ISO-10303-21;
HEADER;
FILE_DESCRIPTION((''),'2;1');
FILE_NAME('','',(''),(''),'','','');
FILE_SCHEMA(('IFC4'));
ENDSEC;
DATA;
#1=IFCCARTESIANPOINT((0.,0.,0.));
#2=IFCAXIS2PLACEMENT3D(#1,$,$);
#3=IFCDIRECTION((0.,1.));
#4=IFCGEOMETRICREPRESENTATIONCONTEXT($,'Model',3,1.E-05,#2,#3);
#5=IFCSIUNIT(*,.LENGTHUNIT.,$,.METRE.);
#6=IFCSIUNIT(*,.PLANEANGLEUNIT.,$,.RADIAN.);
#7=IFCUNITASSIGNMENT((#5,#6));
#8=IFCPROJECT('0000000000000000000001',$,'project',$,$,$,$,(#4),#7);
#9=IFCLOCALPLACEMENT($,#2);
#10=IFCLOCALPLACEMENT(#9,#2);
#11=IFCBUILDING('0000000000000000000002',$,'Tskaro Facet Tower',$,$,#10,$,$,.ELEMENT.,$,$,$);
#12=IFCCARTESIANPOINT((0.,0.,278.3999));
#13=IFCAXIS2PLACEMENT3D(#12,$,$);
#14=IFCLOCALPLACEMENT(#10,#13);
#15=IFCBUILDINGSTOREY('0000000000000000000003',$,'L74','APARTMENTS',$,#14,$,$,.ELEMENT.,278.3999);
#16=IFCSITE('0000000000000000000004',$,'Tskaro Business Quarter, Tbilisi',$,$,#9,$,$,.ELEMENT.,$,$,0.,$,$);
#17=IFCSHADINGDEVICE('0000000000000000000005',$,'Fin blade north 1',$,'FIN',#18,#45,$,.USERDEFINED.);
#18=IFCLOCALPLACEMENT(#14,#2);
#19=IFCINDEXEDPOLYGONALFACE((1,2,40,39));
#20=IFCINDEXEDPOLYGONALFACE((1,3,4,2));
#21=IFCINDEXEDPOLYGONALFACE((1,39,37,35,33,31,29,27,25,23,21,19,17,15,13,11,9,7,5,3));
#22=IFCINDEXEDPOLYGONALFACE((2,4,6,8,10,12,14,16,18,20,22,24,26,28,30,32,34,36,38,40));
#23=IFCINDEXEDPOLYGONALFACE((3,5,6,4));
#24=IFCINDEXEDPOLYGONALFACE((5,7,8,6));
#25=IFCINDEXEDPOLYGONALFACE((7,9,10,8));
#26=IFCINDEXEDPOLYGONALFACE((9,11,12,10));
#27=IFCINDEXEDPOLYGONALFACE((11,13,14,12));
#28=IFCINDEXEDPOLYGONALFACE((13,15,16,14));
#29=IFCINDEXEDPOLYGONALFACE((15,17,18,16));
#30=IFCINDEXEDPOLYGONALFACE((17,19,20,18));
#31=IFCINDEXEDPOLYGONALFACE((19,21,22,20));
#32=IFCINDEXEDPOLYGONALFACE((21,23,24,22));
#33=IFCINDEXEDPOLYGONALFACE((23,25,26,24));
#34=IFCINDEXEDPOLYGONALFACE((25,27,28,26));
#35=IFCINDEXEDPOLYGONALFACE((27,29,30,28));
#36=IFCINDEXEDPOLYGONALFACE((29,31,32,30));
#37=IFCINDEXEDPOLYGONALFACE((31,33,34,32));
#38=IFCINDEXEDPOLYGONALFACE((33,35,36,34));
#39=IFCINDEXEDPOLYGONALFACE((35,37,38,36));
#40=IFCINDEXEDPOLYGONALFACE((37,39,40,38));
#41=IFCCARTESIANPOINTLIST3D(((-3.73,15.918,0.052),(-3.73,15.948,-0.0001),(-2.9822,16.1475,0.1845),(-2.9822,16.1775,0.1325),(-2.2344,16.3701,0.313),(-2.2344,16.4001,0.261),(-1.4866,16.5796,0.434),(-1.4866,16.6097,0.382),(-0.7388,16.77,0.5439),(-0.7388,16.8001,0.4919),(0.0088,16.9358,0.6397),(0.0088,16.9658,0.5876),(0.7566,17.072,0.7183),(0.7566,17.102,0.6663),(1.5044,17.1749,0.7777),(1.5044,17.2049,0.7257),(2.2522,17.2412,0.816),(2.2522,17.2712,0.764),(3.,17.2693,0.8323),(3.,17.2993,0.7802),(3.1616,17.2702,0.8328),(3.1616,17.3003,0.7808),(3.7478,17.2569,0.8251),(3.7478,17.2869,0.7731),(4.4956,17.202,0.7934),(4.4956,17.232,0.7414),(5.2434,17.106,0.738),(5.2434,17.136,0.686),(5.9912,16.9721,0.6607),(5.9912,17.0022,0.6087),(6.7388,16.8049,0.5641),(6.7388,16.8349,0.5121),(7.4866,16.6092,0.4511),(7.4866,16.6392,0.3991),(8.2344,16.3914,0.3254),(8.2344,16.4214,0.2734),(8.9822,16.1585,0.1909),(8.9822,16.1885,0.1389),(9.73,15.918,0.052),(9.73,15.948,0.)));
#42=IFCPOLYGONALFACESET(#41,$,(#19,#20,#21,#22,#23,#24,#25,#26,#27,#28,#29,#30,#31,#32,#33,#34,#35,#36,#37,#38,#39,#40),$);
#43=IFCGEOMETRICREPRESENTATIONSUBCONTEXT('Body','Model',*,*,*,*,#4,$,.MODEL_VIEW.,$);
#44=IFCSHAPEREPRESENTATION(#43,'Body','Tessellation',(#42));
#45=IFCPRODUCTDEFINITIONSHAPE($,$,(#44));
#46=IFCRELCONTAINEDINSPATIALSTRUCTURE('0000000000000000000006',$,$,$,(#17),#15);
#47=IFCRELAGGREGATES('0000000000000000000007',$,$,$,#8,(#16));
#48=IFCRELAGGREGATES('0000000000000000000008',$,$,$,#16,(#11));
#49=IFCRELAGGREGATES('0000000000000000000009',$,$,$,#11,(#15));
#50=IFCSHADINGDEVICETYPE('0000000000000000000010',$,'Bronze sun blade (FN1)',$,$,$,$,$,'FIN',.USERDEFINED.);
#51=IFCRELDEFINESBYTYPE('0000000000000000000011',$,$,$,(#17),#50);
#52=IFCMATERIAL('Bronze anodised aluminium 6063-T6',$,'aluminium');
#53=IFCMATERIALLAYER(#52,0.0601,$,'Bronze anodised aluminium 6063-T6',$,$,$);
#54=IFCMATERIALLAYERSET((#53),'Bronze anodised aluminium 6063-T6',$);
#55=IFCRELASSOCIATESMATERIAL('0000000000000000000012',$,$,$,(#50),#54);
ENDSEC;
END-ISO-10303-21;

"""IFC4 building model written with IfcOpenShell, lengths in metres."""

from ifc_helpers import new_model, si_unit, direction, frame, origin, place, context, subcontext, project, spatial, polyline, outline, extrude, material, layer, layer_set, type_object, element, save


model = new_model("IFC4")

# Units and contexts
model_context = context("Model", 3, precision=1e-05, world=origin(), true_north=direction((0.0, 1.0)))
body_context = subcontext(model_context, "Body", "Model", "MODEL_VIEW")
ifc_project = project(units=[si_unit("LENGTHUNIT", "METRE"), si_unit("PLANEANGLEUNIT", "RADIAN")], contexts=[model_context])

# Site, building, storey
site_placement = place(None, origin())
site = spatial("IfcSite", under=ifc_project, at=site_placement, Name="Tskaro Business Quarter, Tbilisi", CompositionType="ELEMENT", RefElevation=0.0)
building_placement = place(site_placement, origin())
building = spatial("IfcBuilding", under=site, at=building_placement, Name="Tskaro Facet Tower", CompositionType="ELEMENT")
storey_placement = place(building_placement, frame((0.0, 0.0, 278.3999)))
storey = spatial("IfcBuildingStorey", under=building, at=storey_placement, Name="L74", Description="APARTMENTS", CompositionType="ELEMENT", Elevation=278.3999)

# Shared definitions
ifc_material_1 = material(Name="Bronze anodised aluminium 6063-T6", Category="aluminium")

# Shading device
ifc_layer_1 = layer(ifc_material_1, 0.0601, Name="Bronze anodised aluminium 6063-T6")
ifc_layer_set_1 = layer_set([ifc_layer_1], Name="Bronze anodised aluminium 6063-T6")
shading_device_type = type_object("IfcShadingDeviceType", Name="Bronze sun blade (FN1)", ElementType="FIN", PredefinedType="USERDEFINED", material=ifc_layer_set_1)
shading_device_placement = place(storey_placement, frame((9.73, 15.918, 0.052), z_axis=(-0.000004, -0.500042, 0.866001), x_axis=(-1.0, 0.000002, -0.000003)))
element("IfcShadingDevice", 1, at=shading_device_placement, inside=storey, type_object=shading_device_type, Name="Fin blade north 1", ObjectType="FIN", PredefinedType="USERDEFINED", context=body_context, shape_type="SweptSolid", body=[
    extrude(outline(polyline([(0.0, 0.0), (13.46, 0.0), (12.7122, -0.265), (11.9644, -0.5221), (11.2166, -0.764), (10.4688, -0.9839), (9.7212, -1.1753), (8.9734, -1.3326), (8.2256, -1.4514), (7.4778, -1.5279), (6.73, -1.5604), (6.5684, -1.5615), (5.9822, -1.5461), (5.2344, -1.4826), (4.4866, -1.3718), (3.7388, -1.2173), (2.9912, -1.0241), (2.2434, -0.7981), (1.4956, -0.5467), (0.7478, -0.2777), (0.0, 0.0)])), origin(), (0.0, 0.0, -1.0), 0.0601),
])

save(model, "model.ifc")
